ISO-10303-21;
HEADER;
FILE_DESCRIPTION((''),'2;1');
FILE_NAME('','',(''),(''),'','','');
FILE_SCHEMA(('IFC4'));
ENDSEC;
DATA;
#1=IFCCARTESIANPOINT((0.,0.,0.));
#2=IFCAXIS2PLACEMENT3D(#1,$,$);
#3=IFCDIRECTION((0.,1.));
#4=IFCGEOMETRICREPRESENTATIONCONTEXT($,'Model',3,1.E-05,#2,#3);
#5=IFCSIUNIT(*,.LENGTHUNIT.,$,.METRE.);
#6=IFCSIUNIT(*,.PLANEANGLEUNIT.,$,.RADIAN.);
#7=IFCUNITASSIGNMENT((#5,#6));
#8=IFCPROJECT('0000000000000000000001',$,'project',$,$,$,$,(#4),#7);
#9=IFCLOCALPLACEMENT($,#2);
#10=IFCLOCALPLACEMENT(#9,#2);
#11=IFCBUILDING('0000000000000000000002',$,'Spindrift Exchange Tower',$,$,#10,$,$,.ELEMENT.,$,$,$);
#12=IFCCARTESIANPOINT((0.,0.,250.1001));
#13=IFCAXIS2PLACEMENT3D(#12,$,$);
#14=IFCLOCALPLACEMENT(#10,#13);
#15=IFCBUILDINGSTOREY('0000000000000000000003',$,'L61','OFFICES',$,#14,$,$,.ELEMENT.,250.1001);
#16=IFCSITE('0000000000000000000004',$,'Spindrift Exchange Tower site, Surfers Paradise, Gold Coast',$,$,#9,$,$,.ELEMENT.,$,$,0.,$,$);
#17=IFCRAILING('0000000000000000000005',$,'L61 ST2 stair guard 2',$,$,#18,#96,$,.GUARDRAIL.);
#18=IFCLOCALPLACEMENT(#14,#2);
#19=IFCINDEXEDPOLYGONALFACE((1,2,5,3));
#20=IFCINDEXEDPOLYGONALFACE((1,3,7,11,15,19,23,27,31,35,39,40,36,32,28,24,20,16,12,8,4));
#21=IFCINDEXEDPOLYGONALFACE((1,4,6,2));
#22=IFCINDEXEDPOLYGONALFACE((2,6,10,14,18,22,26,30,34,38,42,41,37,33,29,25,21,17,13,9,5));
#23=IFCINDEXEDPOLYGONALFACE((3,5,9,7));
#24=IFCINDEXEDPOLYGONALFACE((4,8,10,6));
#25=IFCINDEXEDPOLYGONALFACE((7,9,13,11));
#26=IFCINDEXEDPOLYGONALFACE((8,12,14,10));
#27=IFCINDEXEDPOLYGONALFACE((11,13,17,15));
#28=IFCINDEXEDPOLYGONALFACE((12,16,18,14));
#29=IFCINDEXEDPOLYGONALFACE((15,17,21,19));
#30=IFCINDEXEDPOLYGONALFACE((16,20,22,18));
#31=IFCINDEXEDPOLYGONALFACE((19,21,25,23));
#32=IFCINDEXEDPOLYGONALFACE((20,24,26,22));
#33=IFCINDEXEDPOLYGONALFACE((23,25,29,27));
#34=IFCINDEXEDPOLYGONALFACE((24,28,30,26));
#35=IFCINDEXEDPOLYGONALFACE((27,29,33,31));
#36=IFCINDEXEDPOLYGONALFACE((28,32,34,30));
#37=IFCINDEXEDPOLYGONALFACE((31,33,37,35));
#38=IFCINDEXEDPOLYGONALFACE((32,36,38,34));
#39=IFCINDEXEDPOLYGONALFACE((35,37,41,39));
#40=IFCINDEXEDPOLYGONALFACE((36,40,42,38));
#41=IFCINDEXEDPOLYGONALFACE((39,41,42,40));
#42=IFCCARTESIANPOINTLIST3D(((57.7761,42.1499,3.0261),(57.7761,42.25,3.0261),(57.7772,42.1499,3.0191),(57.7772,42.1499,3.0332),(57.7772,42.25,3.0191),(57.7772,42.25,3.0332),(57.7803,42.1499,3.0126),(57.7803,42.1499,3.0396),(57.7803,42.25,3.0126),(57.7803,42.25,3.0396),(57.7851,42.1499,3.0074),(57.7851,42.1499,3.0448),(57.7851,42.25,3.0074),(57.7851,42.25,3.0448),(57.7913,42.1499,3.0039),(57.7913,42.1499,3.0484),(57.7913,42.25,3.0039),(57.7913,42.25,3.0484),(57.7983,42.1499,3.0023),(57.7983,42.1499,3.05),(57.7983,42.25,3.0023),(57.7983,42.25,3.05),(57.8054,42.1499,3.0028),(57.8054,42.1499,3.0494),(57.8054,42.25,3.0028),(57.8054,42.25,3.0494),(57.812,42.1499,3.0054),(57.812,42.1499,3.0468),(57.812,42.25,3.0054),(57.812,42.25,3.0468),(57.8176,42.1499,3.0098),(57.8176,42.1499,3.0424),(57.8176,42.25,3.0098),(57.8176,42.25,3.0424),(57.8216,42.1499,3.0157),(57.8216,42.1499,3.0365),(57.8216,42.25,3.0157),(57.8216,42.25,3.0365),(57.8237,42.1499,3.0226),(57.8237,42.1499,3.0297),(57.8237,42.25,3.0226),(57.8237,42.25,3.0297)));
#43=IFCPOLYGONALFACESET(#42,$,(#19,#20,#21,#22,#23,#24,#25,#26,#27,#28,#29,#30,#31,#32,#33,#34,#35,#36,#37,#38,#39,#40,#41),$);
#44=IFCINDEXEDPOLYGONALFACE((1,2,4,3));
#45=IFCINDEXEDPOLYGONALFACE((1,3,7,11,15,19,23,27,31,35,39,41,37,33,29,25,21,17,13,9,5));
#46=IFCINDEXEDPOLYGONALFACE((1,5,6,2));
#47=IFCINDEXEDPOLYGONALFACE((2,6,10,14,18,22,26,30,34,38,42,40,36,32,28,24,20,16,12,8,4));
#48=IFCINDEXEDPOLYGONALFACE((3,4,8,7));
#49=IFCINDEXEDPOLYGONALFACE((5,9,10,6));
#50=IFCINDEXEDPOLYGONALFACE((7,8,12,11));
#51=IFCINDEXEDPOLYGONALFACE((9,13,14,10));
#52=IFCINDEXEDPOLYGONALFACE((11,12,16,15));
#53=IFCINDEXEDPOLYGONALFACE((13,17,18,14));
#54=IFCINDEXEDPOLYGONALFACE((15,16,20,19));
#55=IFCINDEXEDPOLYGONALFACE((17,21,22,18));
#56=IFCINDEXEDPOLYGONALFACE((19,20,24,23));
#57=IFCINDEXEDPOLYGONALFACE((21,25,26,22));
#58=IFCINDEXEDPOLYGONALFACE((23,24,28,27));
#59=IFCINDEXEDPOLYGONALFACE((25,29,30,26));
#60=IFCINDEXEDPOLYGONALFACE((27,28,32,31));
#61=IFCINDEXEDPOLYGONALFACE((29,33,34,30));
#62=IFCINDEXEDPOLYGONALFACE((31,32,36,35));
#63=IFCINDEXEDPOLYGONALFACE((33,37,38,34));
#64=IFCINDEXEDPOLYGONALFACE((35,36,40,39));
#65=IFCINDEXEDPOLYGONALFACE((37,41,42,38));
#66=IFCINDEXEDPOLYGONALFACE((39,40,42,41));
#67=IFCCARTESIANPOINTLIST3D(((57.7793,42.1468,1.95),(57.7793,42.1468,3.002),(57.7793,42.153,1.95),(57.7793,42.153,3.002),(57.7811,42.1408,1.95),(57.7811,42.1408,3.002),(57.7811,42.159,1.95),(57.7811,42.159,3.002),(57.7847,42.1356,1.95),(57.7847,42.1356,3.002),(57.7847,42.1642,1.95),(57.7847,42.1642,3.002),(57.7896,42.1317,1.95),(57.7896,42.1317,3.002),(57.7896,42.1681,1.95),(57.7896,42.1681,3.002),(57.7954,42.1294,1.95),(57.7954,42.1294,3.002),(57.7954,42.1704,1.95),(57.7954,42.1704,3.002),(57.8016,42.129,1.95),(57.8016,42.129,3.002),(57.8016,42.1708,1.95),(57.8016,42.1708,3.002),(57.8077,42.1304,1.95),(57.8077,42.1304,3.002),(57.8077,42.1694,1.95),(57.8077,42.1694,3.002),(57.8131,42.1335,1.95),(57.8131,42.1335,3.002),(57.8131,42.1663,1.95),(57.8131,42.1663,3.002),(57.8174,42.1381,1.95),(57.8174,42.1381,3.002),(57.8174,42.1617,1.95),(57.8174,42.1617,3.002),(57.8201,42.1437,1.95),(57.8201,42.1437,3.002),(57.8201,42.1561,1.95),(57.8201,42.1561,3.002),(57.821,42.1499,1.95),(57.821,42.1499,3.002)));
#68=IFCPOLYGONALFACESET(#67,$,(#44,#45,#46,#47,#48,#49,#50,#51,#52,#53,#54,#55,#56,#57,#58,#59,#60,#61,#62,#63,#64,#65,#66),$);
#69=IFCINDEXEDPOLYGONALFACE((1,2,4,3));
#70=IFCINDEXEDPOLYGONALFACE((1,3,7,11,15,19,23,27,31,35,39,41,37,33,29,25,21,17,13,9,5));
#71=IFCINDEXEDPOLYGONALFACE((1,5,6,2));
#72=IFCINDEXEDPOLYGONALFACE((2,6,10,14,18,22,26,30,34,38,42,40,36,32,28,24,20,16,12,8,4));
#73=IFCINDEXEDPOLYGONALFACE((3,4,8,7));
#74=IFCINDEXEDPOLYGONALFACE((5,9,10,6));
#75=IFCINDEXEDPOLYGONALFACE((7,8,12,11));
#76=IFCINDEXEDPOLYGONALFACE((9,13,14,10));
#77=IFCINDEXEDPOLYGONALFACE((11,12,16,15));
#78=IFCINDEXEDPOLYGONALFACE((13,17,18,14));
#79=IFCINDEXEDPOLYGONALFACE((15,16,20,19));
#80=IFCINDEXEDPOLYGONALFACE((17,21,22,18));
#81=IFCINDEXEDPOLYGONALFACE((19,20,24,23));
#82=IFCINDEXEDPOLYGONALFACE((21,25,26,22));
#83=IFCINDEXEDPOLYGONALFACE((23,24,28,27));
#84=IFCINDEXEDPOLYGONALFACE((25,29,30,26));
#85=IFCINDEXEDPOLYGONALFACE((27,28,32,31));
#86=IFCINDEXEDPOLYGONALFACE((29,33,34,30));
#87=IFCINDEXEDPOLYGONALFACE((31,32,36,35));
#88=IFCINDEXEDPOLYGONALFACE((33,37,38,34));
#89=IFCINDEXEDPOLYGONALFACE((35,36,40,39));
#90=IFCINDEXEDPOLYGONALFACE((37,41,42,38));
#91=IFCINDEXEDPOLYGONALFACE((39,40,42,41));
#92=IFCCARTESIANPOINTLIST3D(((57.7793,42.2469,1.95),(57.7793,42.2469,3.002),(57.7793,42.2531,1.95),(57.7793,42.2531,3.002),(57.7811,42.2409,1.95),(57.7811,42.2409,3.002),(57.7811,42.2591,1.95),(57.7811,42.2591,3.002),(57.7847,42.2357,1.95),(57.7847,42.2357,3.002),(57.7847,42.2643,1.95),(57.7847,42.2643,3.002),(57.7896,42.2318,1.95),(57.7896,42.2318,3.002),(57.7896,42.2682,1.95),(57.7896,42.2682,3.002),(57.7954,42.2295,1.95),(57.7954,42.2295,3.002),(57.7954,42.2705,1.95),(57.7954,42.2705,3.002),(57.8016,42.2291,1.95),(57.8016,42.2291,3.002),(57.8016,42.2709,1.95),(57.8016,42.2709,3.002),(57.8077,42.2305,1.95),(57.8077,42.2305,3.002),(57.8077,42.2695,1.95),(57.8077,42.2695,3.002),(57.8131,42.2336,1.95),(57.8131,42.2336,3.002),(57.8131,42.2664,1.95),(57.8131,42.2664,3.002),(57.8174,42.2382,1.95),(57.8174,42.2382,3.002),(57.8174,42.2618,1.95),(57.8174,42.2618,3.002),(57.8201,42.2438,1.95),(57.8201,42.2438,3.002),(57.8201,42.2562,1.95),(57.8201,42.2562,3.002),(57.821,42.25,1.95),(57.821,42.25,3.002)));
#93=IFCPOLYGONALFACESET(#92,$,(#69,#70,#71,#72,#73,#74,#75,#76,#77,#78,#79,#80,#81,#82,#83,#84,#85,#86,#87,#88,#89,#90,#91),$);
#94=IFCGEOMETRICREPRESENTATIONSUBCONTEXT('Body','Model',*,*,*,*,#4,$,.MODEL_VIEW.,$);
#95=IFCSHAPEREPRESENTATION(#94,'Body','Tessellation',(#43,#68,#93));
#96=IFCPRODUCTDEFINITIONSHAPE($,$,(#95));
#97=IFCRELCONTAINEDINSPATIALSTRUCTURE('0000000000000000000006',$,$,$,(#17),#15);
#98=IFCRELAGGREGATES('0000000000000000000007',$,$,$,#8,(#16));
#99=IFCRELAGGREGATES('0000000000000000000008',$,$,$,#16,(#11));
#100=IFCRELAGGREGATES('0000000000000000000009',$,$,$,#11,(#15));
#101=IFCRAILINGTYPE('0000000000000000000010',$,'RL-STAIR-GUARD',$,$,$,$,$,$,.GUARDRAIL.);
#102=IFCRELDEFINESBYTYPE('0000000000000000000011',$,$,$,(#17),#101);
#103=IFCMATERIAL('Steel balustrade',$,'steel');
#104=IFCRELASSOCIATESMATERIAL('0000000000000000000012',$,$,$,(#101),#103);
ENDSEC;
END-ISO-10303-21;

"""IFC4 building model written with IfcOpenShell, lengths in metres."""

from ifc_helpers import new_model, si_unit, direction, frame, origin, origin_2d, place, context, subcontext, project, spatial, circle, extrude, material, type_object, element, save


model = new_model("IFC4")

# Units and contexts
model_context = context("Model", 3, precision=1e-05, world=origin(), true_north=direction((0.0, 1.0)))
body_context = subcontext(model_context, "Body", "Model", "MODEL_VIEW")
ifc_project = project(units=[si_unit("LENGTHUNIT", "METRE"), si_unit("PLANEANGLEUNIT", "RADIAN")], contexts=[model_context])

# Site, building, storey
site_placement = place(None, origin())
site = spatial("IfcSite", under=ifc_project, at=site_placement, Name="Spindrift Exchange Tower site, Surfers Paradise, Gold Coast", CompositionType="ELEMENT", RefElevation=0.0)
building_placement = place(site_placement, origin())
building = spatial("IfcBuilding", under=site, at=building_placement, Name="Spindrift Exchange Tower", CompositionType="ELEMENT")
storey_placement = place(building_placement, frame((0.0, 0.0, 250.1001)))
storey = spatial("IfcBuildingStorey", under=building, at=storey_placement, Name="L61", Description="OFFICES", CompositionType="ELEMENT", Elevation=250.1001)

# Railing
ifc_material_1 = material(Name="Steel balustrade", Category="steel")
railing_type_1 = type_object("IfcRailingType", Name="RL-STAIR-GUARD", PredefinedType="GUARDRAIL", material=ifc_material_1)
railing_1_placement = place(storey_placement, frame((57.8, 42.1499, 1.95)))
element("IfcRailing", 1, at=railing_1_placement, inside=storey, type_object=railing_type_1, Name="L61 ST2 stair guard 2", PredefinedType="GUARDRAIL", context=body_context, shape_type="SweptSolid", body=[
    extrude(circle(Radius=0.0239, at=origin_2d()), frame((0.0, 0.0, 1.0762), z_axis=(0.0, 1.0, 0.0), x_axis=(-1.0, 0.0, 0.0)), (0.0, 0.0, 1.0), 0.1001),
    extrude(circle(Radius=0.021, at=origin_2d()), origin(), (0.0, 0.0, 1.0), 1.052),
    extrude(circle(Radius=0.021, at=origin_2d()), frame((0.0, 0.1001, 0.0)), (0.0, 0.0, 1.0), 1.052),
])

save(model, "model.ifc")
